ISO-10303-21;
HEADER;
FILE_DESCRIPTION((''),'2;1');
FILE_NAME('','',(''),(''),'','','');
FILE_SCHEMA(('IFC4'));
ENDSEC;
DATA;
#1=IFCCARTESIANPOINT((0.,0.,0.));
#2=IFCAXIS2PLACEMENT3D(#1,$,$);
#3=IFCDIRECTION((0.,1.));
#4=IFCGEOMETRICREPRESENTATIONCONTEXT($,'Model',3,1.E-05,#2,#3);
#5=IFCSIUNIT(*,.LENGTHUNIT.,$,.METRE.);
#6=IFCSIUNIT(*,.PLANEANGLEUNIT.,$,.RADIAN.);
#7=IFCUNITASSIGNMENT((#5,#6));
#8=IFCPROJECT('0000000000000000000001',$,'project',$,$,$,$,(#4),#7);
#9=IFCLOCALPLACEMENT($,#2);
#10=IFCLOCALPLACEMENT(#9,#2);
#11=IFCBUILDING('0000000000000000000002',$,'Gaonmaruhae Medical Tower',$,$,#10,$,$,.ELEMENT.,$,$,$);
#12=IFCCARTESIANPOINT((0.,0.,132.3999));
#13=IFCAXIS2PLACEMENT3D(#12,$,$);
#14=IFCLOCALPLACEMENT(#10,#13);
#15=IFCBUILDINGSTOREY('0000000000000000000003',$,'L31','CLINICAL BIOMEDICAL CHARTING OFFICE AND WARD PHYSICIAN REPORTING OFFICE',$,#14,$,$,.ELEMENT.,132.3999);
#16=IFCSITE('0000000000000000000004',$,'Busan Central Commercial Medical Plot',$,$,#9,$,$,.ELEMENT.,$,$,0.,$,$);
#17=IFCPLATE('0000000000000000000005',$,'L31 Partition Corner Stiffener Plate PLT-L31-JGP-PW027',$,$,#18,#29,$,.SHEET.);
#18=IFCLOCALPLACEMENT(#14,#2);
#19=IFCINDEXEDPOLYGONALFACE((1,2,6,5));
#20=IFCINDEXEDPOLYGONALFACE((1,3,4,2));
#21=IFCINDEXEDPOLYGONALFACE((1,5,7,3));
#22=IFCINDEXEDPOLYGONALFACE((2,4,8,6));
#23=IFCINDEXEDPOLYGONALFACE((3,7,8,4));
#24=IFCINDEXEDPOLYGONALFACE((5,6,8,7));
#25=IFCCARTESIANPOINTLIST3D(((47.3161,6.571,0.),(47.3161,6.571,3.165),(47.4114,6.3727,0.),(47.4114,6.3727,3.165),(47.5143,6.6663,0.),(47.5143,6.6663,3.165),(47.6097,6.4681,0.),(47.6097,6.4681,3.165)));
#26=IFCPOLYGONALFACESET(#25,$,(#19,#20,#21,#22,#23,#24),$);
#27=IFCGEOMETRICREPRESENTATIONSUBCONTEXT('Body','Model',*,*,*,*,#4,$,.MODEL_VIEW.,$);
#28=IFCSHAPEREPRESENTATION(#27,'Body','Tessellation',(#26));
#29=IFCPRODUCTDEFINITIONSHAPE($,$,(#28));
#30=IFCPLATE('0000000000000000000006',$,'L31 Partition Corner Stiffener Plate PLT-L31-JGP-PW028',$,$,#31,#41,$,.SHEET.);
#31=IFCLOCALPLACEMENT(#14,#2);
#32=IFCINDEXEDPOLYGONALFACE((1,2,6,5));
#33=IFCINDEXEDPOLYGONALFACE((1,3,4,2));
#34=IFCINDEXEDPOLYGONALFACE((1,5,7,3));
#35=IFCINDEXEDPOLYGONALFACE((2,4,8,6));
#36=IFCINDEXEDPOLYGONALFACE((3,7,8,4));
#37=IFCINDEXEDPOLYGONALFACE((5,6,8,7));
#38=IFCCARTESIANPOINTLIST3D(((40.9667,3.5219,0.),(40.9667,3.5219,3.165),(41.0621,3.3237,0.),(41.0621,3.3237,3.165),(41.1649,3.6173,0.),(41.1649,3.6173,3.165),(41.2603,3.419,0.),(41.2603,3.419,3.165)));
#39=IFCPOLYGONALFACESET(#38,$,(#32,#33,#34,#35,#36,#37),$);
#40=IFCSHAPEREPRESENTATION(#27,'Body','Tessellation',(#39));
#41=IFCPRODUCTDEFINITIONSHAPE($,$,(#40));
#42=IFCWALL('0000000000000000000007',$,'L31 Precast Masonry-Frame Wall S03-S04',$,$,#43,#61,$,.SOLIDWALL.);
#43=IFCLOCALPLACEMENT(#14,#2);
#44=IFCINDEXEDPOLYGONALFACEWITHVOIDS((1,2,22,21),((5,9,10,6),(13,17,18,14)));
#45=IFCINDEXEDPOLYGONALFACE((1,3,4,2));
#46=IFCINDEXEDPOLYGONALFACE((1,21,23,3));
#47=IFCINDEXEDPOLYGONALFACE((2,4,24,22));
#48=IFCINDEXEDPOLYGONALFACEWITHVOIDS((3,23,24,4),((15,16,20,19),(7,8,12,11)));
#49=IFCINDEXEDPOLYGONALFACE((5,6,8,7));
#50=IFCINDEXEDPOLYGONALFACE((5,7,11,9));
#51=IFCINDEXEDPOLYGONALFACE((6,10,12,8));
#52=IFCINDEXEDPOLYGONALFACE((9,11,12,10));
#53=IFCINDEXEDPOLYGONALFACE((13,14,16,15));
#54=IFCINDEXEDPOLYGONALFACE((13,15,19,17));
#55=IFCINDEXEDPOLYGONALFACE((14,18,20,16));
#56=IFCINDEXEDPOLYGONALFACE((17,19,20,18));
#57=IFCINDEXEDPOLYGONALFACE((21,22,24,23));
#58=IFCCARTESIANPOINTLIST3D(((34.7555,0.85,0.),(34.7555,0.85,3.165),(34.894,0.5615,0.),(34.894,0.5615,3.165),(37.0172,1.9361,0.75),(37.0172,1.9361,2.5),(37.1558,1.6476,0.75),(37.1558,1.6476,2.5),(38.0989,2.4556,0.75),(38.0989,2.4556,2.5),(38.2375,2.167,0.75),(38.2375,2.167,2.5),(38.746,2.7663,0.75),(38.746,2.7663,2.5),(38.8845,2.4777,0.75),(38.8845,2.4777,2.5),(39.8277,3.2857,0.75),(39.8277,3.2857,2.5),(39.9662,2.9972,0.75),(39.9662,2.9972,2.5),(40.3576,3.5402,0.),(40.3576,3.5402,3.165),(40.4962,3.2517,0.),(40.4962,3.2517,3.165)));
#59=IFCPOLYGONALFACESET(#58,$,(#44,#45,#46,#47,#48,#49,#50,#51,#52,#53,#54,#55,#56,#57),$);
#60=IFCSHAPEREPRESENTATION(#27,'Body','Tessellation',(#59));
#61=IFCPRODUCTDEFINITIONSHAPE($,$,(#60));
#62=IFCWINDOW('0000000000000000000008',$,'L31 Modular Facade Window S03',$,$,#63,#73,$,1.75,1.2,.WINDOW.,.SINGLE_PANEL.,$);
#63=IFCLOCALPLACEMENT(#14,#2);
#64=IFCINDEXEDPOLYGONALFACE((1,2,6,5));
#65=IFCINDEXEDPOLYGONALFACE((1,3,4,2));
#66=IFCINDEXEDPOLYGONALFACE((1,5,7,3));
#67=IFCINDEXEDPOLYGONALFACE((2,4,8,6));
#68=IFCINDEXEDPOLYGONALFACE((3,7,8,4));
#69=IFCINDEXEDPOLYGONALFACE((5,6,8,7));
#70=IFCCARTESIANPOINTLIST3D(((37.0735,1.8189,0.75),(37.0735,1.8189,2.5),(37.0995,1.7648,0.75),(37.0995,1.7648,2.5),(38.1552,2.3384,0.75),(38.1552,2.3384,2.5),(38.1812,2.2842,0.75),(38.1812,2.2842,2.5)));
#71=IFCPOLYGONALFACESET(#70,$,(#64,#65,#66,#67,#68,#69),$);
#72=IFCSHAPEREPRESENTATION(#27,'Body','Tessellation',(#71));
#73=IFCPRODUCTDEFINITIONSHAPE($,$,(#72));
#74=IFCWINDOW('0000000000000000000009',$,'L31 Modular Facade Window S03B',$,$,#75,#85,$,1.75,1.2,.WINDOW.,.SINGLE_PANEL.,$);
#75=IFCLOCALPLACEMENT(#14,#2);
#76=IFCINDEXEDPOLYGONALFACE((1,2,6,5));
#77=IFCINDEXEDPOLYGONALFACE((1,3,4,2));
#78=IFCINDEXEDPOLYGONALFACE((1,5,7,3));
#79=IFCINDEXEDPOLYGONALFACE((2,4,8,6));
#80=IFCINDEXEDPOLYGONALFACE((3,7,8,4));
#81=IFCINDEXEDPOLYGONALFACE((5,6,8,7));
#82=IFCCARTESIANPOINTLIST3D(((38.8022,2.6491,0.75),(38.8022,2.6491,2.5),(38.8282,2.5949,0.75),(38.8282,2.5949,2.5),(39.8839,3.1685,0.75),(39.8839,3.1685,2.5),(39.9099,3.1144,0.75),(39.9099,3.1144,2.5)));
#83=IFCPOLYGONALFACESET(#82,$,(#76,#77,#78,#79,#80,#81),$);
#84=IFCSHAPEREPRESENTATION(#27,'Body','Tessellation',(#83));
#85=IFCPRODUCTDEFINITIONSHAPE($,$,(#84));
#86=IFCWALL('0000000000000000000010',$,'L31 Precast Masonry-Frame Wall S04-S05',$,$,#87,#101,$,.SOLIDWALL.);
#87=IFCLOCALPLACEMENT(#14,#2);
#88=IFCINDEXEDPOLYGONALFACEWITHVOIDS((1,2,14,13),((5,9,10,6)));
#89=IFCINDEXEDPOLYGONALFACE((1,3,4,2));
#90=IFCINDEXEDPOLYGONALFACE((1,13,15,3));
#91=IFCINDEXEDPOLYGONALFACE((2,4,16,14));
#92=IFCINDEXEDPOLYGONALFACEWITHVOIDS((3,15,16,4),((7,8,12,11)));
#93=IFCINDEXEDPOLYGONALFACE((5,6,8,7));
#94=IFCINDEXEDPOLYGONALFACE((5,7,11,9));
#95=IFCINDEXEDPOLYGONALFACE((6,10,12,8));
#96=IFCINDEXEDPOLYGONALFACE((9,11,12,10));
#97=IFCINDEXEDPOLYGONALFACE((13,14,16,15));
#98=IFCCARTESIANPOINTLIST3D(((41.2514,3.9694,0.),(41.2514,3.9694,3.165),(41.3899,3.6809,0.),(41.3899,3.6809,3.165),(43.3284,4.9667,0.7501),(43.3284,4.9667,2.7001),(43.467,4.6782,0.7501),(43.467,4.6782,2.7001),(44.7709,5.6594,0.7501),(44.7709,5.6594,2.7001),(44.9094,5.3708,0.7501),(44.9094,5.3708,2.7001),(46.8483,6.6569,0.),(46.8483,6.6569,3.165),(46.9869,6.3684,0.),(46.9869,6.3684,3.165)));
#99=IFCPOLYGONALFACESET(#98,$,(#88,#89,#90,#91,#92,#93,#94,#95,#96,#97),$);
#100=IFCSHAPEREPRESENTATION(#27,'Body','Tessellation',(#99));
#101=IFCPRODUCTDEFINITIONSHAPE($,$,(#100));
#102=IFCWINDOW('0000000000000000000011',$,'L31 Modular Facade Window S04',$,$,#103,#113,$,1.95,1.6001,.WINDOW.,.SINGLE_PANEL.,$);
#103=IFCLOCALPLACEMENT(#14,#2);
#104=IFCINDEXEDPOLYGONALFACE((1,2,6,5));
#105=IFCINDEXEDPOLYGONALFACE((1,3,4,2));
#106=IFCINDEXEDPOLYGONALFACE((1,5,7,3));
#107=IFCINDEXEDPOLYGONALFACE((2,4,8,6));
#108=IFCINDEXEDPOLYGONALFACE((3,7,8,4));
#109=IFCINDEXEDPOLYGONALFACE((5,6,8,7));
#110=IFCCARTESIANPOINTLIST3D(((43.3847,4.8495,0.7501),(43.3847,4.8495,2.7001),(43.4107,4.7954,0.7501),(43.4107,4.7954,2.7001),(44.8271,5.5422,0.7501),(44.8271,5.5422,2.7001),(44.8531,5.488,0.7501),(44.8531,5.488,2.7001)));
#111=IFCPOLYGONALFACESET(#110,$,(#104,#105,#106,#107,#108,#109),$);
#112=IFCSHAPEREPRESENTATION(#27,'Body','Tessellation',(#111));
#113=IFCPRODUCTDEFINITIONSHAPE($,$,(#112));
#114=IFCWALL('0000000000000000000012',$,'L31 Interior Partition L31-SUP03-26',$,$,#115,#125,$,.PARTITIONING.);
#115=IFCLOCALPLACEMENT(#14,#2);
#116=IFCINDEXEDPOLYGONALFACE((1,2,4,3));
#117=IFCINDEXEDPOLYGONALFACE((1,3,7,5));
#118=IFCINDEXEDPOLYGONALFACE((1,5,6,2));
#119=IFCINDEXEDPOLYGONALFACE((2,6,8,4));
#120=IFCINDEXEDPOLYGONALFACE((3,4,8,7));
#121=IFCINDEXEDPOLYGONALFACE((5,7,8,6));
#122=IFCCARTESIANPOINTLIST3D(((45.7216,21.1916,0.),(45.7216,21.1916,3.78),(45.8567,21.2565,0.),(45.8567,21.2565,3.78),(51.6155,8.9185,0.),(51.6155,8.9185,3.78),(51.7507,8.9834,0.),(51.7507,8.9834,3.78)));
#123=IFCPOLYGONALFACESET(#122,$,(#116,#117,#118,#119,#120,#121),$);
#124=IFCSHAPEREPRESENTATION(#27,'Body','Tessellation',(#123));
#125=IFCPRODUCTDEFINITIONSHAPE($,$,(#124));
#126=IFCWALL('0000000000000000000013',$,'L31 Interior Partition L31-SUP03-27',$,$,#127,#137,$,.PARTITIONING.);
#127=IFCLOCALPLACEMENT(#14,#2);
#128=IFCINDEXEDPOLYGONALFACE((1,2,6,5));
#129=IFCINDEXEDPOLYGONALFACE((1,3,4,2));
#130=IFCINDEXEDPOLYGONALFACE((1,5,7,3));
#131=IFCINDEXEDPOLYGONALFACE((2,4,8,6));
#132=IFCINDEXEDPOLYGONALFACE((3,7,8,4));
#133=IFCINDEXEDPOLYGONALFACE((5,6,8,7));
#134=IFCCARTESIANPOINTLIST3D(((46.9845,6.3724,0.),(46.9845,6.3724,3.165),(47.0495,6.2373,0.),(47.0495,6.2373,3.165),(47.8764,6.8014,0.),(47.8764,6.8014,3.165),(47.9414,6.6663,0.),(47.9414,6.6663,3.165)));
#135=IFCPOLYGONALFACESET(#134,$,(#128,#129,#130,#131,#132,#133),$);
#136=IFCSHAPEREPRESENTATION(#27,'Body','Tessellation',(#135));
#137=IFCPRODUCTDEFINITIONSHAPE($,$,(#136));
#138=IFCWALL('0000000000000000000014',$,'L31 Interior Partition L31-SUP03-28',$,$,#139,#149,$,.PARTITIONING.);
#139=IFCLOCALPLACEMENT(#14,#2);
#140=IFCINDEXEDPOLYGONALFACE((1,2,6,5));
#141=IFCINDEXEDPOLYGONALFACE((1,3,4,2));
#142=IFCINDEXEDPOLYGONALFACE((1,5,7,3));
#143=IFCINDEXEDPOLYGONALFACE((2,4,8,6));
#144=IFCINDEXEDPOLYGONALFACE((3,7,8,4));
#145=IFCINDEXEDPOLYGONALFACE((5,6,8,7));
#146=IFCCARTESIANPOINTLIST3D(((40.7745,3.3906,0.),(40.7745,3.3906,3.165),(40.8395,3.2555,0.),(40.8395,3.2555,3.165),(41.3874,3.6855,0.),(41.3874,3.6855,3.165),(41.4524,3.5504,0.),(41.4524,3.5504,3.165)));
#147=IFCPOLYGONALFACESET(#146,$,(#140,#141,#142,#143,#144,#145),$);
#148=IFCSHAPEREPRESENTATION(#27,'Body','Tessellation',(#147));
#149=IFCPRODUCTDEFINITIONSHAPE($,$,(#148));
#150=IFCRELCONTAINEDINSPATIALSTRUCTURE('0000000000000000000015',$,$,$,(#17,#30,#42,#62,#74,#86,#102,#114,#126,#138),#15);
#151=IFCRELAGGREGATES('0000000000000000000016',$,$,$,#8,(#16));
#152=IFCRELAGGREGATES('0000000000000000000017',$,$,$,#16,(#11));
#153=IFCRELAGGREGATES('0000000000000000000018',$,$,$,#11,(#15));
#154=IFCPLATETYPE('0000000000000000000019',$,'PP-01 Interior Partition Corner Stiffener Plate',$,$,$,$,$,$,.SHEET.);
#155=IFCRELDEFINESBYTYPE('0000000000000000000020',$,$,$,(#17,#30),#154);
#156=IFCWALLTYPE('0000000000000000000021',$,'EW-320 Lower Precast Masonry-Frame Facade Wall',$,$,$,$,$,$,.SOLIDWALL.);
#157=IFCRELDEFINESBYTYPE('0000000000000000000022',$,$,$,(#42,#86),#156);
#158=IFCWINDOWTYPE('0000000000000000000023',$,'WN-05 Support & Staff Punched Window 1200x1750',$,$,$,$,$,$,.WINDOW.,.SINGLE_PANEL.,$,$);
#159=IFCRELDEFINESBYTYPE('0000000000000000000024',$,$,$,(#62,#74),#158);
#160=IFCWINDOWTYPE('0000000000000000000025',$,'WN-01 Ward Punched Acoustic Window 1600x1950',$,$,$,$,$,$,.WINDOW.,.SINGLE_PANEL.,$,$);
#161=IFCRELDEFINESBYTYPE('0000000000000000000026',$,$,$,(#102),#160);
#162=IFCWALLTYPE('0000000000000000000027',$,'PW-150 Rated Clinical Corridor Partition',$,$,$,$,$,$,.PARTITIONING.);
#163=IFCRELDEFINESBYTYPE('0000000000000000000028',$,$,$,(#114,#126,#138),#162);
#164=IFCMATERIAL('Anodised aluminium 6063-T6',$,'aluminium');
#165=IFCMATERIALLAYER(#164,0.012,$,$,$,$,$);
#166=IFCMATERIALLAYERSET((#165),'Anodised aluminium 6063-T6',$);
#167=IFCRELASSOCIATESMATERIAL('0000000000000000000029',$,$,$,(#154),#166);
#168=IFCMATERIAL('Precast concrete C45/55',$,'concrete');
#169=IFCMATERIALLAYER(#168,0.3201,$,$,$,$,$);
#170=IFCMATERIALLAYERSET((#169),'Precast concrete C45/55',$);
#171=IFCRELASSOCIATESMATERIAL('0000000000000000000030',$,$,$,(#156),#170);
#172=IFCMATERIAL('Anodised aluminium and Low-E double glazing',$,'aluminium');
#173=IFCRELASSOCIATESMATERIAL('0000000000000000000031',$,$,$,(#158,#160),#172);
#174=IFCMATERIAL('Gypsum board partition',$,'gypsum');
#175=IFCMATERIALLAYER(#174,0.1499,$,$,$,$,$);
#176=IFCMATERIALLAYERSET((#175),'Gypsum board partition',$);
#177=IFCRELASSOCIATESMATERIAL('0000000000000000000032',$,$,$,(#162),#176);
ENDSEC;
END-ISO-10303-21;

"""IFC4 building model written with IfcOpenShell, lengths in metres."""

from ifc_helpers import new_model, si_unit, direction, frame, frame_2d, origin, origin_2d, place, context, subcontext, project, spatial, rectangle, extrude, material, layer, layer_set, type_object, element, fill, save


model = new_model("IFC4")

# Units and contexts
model_context = context("Model", 3, precision=1e-05, world=origin(), true_north=direction((0.0, 1.0)))
body_context = subcontext(model_context, "Body", "Model", "MODEL_VIEW")
ifc_project = project(units=[si_unit("LENGTHUNIT", "METRE"), si_unit("PLANEANGLEUNIT", "RADIAN")], contexts=[model_context])

# Site, building, storey
site_placement = place(None, origin())
site = spatial("IfcSite", under=ifc_project, at=site_placement, Name="Busan Central Commercial Medical Plot", CompositionType="ELEMENT", RefElevation=0.0)
building_placement = place(site_placement, origin())
building = spatial("IfcBuilding", under=site, at=building_placement, Name="Gaonmaruhae Medical Tower", CompositionType="ELEMENT")
storey_placement = place(building_placement, frame((0.0, 0.0, 132.3999)))
storey = spatial("IfcBuildingStorey", under=building, at=storey_placement, Name="L31", Description="CLINICAL BIOMEDICAL CHARTING OFFICE AND WARD PHYSICIAN REPORTING OFFICE", CompositionType="ELEMENT", Elevation=132.3999)

# Plates
ifc_material_1 = material(Name="Anodised aluminium 6063-T6", Category="aluminium")
ifc_layer_1 = layer(ifc_material_1, 0.012)
ifc_layer_set_1 = layer_set([ifc_layer_1], Name="Anodised aluminium 6063-T6")
plate_type = type_object("IfcPlateType", Name="PP-01 Interior Partition Corner Stiffener Plate", PredefinedType="SHEET", material=ifc_layer_set_1)
for number, where, z_axis, x_axis, name in (
    (1, (47.4629, 6.5195, 0.0), (0.0, 0.0, 1.0), (-0.901191, -0.433423, 0.0), "L31 Partition Corner Stiffener Plate PLT-L31-JGP-PW027"),
    (2, (41.1135, 3.4705, 0.0), (0.0, 0.0, 1.0), (-0.901085, -0.433643, 0.0), "L31 Partition Corner Stiffener Plate PLT-L31-JGP-PW028"),
):
    element("IfcPlate", number, at=place(storey_placement, frame(where, z_axis=z_axis, x_axis=x_axis)), inside=storey, type_object=plate_type, Name=name, PredefinedType="SHEET", context=body_context, shape_type="SweptSolid", body=[
        extrude(rectangle(XDim=0.22, YDim=0.22, at=origin_2d()), origin(), (0.0, 0.0, 1.0), 3.165),
    ])

# Wall, openings, windows
ifc_material_2 = material(Name="Precast concrete C45/55", Category="concrete")
ifc_layer_2 = layer(ifc_material_2, 0.3201)
ifc_layer_set_2 = layer_set([ifc_layer_2], Name="Precast concrete C45/55")
wall_type_1 = type_object("IfcWallType", Name="EW-320 Lower Precast Masonry-Frame Facade Wall", PredefinedType="SOLIDWALL", material=ifc_layer_set_2)
wall_1_placement = place(storey_placement, frame((40.427, 3.396, 0.0), z_axis=(0.0, 0.0, 1.0), x_axis=(-0.901448, -0.432888, 0.0)))
wall_1 = element("IfcWall", 3, at=wall_1_placement, inside=storey, type_object=wall_type_1, Name="L31 Precast Masonry-Frame Wall S03-S04", PredefinedType="SOLIDWALL", context=body_context, shape_type="SweptSolid", body=[
    extrude(rectangle(XDim=6.2146, YDim=0.3201, at=frame_2d((3.1074, 0.0))), origin(), (0.0, 0.0, 1.0), 3.165),
])
opening_1_placement = place(wall_1_placement, frame((2.5056, 0.0, 0.75)))
opening_1 = element("IfcOpeningElement", 4, at=opening_1_placement, cuts=wall_1, PredefinedType="OPENING", context=body_context, shape_type="SweptSolid", body=[
    extrude(rectangle(XDim=1.2, YDim=1.75, at=frame_2d((0.6001, 0.875))), frame((0.0, 0.1699, 0.0), z_axis=(0.0, -1.0, 0.0), x_axis=(1.0, 0.0, 0.0)), (0.0, 0.0, 1.0), 0.3401),
])
opening_2_placement = place(wall_1_placement, frame((0.5879, 0.0, 0.75)))
opening_2 = element("IfcOpeningElement", 5, at=opening_2_placement, cuts=wall_1, PredefinedType="OPENING", context=body_context, shape_type="SweptSolid", body=[
    extrude(rectangle(XDim=1.2, YDim=1.75, at=frame_2d((0.6001, 0.875))), frame((0.0, 0.1699, 0.0), z_axis=(0.0, -1.0, 0.0), x_axis=(1.0, 0.0, 0.0)), (0.0, 0.0, 1.0), 0.3401),
])
ifc_material_3 = material(Name="Anodised aluminium and Low-E double glazing", Category="aluminium")
window_type_1 = type_object("IfcWindowType", Name="WN-05 Support & Staff Punched Window 1200x1750", PartitioningType="SINGLE_PANEL", PredefinedType="WINDOW", material=ifc_material_3)
window_1_placement = place(opening_1_placement, origin())
window_1 = element("IfcWindow", 6, at=window_1_placement, inside=storey, type_object=window_type_1, Name="L31 Modular Facade Window S03", OverallHeight=1.75, OverallWidth=1.2, PartitioningType="SINGLE_PANEL", PredefinedType="WINDOW", context=body_context, shape_type="SweptSolid", body=[
    extrude(rectangle(XDim=1.2, YDim=1.75, at=frame_2d((0.6001, 0.875))), frame((0.0, 0.03, 0.0), z_axis=(0.0, -1.0, 0.0), x_axis=(1.0, 0.0, 0.0)), (0.0, 0.0, 1.0), 0.0601),
])
fill(opening_1, window_1)
window_2_placement = place(opening_2_placement, origin())
window_2 = element("IfcWindow", 7, at=window_2_placement, inside=storey, type_object=window_type_1, Name="L31 Modular Facade Window S03B", OverallHeight=1.75, OverallWidth=1.2, PartitioningType="SINGLE_PANEL", PredefinedType="WINDOW", context=body_context, shape_type="SweptSolid", body=[
    extrude(rectangle(XDim=1.2, YDim=1.75, at=frame_2d((0.6001, 0.875))), frame((0.0, 0.03, 0.0), z_axis=(0.0, -1.0, 0.0), x_axis=(1.0, 0.0, 0.0)), (0.0, 0.0, 1.0), 0.0601),
])
fill(opening_2, window_2)

# Wall, opening, window
wall_2_placement = place(storey_placement, frame((46.9177, 6.5127, 0.0), z_axis=(0.0, 0.0, 1.0), x_axis=(-0.901462, -0.432859, 0.0)))
wall_2 = element("IfcWall", 8, at=wall_2_placement, inside=storey, type_object=wall_type_1, Name="L31 Precast Masonry-Frame Wall S04-S05", PredefinedType="SOLIDWALL", context=body_context, shape_type="SweptSolid", body=[
    extrude(rectangle(XDim=6.2087, YDim=0.3201, at=frame_2d((3.1045, 0.0))), origin(), (0.0, 0.0, 1.0), 3.165),
])
opening_3_placement = place(wall_2_placement, frame((2.3047, 0.0, 0.75)))
opening_3 = element("IfcOpeningElement", 9, at=opening_3_placement, cuts=wall_2, PredefinedType="OPENING", context=body_context, shape_type="SweptSolid", body=[
    extrude(rectangle(XDim=1.6001, YDim=1.95, at=frame_2d((0.8, 0.9751))), frame((0.0, 0.1699, 0.0), z_axis=(0.0, -1.0, 0.0), x_axis=(1.0, 0.0, 0.0)), (0.0, 0.0, 1.0), 0.3401),
])
window_type_2 = type_object("IfcWindowType", Name="WN-01 Ward Punched Acoustic Window 1600x1950", PartitioningType="SINGLE_PANEL", PredefinedType="WINDOW", material=ifc_material_3)
window_3_placement = place(opening_3_placement, origin())
window_3 = element("IfcWindow", 10, at=window_3_placement, inside=storey, type_object=window_type_2, Name="L31 Modular Facade Window S04", OverallHeight=1.95, OverallWidth=1.6001, PartitioningType="SINGLE_PANEL", PredefinedType="WINDOW", context=body_context, shape_type="SweptSolid", body=[
    extrude(rectangle(XDim=1.6001, YDim=1.95, at=frame_2d((0.8, 0.9751))), frame((0.0, 0.03, 0.0), z_axis=(0.0, -1.0, 0.0), x_axis=(1.0, 0.0, 0.0)), (0.0, 0.0, 1.0), 0.0601),
])
fill(opening_3, window_3)

# Walls
ifc_material_4 = material(Name="Gypsum board partition", Category="gypsum")
ifc_layer_3 = layer(ifc_material_4, 0.1499)
ifc_layer_set_3 = layer_set([ifc_layer_3], Name="Gypsum board partition")
wall_type_2 = type_object("IfcWallType", Name="PW-150 Rated Clinical Corridor Partition", PredefinedType="PARTITIONING", material=ifc_layer_set_3)
wall_3_placement = place(storey_placement, frame((45.7891, 21.2241, 0.0), z_axis=(0.0, 0.0, 1.0), x_axis=(0.432905, -0.90144, 0.0)))
element("IfcWall", 11, at=wall_3_placement, inside=storey, type_object=wall_type_2, Name="L31 Interior Partition L31-SUP03-26", PredefinedType="PARTITIONING", context=body_context, shape_type="SweptSolid", body=[
    extrude(rectangle(XDim=13.615, YDim=0.1499, at=frame_2d((6.8076, 0.0))), origin(), (0.0, 0.0, 1.0), 3.78),
])
wall_4_placement = place(storey_placement, frame((47.9089, 6.7339, 0.0), z_axis=(0.0, 0.0, 1.0), x_axis=(-0.90118, -0.433445, 0.0)))
element("IfcWall", 12, at=wall_4_placement, inside=storey, type_object=wall_type_2, Name="L31 Interior Partition L31-SUP03-27", PredefinedType="PARTITIONING", context=body_context, shape_type="SweptSolid", body=[
    extrude(rectangle(XDim=0.9897, YDim=0.1499, at=frame_2d((0.4949, 0.0))), origin(), (0.0, 0.0, 1.0), 3.165),
])
wall_5_placement = place(storey_placement, frame((41.4199, 3.6179, 0.0), z_axis=(0.0, 0.0, 1.0), x_axis=(-0.901142, -0.433524, 0.0)))
element("IfcWall", 13, at=wall_5_placement, inside=storey, type_object=wall_type_2, Name="L31 Interior Partition L31-SUP03-28", PredefinedType="PARTITIONING", context=body_context, shape_type="SweptSolid", body=[
    extrude(rectangle(XDim=0.6802, YDim=0.1499, at=frame_2d((0.3401, 0.0))), origin(), (0.0, 0.0, 1.0), 3.165),
])

save(model, "model.ifc")
